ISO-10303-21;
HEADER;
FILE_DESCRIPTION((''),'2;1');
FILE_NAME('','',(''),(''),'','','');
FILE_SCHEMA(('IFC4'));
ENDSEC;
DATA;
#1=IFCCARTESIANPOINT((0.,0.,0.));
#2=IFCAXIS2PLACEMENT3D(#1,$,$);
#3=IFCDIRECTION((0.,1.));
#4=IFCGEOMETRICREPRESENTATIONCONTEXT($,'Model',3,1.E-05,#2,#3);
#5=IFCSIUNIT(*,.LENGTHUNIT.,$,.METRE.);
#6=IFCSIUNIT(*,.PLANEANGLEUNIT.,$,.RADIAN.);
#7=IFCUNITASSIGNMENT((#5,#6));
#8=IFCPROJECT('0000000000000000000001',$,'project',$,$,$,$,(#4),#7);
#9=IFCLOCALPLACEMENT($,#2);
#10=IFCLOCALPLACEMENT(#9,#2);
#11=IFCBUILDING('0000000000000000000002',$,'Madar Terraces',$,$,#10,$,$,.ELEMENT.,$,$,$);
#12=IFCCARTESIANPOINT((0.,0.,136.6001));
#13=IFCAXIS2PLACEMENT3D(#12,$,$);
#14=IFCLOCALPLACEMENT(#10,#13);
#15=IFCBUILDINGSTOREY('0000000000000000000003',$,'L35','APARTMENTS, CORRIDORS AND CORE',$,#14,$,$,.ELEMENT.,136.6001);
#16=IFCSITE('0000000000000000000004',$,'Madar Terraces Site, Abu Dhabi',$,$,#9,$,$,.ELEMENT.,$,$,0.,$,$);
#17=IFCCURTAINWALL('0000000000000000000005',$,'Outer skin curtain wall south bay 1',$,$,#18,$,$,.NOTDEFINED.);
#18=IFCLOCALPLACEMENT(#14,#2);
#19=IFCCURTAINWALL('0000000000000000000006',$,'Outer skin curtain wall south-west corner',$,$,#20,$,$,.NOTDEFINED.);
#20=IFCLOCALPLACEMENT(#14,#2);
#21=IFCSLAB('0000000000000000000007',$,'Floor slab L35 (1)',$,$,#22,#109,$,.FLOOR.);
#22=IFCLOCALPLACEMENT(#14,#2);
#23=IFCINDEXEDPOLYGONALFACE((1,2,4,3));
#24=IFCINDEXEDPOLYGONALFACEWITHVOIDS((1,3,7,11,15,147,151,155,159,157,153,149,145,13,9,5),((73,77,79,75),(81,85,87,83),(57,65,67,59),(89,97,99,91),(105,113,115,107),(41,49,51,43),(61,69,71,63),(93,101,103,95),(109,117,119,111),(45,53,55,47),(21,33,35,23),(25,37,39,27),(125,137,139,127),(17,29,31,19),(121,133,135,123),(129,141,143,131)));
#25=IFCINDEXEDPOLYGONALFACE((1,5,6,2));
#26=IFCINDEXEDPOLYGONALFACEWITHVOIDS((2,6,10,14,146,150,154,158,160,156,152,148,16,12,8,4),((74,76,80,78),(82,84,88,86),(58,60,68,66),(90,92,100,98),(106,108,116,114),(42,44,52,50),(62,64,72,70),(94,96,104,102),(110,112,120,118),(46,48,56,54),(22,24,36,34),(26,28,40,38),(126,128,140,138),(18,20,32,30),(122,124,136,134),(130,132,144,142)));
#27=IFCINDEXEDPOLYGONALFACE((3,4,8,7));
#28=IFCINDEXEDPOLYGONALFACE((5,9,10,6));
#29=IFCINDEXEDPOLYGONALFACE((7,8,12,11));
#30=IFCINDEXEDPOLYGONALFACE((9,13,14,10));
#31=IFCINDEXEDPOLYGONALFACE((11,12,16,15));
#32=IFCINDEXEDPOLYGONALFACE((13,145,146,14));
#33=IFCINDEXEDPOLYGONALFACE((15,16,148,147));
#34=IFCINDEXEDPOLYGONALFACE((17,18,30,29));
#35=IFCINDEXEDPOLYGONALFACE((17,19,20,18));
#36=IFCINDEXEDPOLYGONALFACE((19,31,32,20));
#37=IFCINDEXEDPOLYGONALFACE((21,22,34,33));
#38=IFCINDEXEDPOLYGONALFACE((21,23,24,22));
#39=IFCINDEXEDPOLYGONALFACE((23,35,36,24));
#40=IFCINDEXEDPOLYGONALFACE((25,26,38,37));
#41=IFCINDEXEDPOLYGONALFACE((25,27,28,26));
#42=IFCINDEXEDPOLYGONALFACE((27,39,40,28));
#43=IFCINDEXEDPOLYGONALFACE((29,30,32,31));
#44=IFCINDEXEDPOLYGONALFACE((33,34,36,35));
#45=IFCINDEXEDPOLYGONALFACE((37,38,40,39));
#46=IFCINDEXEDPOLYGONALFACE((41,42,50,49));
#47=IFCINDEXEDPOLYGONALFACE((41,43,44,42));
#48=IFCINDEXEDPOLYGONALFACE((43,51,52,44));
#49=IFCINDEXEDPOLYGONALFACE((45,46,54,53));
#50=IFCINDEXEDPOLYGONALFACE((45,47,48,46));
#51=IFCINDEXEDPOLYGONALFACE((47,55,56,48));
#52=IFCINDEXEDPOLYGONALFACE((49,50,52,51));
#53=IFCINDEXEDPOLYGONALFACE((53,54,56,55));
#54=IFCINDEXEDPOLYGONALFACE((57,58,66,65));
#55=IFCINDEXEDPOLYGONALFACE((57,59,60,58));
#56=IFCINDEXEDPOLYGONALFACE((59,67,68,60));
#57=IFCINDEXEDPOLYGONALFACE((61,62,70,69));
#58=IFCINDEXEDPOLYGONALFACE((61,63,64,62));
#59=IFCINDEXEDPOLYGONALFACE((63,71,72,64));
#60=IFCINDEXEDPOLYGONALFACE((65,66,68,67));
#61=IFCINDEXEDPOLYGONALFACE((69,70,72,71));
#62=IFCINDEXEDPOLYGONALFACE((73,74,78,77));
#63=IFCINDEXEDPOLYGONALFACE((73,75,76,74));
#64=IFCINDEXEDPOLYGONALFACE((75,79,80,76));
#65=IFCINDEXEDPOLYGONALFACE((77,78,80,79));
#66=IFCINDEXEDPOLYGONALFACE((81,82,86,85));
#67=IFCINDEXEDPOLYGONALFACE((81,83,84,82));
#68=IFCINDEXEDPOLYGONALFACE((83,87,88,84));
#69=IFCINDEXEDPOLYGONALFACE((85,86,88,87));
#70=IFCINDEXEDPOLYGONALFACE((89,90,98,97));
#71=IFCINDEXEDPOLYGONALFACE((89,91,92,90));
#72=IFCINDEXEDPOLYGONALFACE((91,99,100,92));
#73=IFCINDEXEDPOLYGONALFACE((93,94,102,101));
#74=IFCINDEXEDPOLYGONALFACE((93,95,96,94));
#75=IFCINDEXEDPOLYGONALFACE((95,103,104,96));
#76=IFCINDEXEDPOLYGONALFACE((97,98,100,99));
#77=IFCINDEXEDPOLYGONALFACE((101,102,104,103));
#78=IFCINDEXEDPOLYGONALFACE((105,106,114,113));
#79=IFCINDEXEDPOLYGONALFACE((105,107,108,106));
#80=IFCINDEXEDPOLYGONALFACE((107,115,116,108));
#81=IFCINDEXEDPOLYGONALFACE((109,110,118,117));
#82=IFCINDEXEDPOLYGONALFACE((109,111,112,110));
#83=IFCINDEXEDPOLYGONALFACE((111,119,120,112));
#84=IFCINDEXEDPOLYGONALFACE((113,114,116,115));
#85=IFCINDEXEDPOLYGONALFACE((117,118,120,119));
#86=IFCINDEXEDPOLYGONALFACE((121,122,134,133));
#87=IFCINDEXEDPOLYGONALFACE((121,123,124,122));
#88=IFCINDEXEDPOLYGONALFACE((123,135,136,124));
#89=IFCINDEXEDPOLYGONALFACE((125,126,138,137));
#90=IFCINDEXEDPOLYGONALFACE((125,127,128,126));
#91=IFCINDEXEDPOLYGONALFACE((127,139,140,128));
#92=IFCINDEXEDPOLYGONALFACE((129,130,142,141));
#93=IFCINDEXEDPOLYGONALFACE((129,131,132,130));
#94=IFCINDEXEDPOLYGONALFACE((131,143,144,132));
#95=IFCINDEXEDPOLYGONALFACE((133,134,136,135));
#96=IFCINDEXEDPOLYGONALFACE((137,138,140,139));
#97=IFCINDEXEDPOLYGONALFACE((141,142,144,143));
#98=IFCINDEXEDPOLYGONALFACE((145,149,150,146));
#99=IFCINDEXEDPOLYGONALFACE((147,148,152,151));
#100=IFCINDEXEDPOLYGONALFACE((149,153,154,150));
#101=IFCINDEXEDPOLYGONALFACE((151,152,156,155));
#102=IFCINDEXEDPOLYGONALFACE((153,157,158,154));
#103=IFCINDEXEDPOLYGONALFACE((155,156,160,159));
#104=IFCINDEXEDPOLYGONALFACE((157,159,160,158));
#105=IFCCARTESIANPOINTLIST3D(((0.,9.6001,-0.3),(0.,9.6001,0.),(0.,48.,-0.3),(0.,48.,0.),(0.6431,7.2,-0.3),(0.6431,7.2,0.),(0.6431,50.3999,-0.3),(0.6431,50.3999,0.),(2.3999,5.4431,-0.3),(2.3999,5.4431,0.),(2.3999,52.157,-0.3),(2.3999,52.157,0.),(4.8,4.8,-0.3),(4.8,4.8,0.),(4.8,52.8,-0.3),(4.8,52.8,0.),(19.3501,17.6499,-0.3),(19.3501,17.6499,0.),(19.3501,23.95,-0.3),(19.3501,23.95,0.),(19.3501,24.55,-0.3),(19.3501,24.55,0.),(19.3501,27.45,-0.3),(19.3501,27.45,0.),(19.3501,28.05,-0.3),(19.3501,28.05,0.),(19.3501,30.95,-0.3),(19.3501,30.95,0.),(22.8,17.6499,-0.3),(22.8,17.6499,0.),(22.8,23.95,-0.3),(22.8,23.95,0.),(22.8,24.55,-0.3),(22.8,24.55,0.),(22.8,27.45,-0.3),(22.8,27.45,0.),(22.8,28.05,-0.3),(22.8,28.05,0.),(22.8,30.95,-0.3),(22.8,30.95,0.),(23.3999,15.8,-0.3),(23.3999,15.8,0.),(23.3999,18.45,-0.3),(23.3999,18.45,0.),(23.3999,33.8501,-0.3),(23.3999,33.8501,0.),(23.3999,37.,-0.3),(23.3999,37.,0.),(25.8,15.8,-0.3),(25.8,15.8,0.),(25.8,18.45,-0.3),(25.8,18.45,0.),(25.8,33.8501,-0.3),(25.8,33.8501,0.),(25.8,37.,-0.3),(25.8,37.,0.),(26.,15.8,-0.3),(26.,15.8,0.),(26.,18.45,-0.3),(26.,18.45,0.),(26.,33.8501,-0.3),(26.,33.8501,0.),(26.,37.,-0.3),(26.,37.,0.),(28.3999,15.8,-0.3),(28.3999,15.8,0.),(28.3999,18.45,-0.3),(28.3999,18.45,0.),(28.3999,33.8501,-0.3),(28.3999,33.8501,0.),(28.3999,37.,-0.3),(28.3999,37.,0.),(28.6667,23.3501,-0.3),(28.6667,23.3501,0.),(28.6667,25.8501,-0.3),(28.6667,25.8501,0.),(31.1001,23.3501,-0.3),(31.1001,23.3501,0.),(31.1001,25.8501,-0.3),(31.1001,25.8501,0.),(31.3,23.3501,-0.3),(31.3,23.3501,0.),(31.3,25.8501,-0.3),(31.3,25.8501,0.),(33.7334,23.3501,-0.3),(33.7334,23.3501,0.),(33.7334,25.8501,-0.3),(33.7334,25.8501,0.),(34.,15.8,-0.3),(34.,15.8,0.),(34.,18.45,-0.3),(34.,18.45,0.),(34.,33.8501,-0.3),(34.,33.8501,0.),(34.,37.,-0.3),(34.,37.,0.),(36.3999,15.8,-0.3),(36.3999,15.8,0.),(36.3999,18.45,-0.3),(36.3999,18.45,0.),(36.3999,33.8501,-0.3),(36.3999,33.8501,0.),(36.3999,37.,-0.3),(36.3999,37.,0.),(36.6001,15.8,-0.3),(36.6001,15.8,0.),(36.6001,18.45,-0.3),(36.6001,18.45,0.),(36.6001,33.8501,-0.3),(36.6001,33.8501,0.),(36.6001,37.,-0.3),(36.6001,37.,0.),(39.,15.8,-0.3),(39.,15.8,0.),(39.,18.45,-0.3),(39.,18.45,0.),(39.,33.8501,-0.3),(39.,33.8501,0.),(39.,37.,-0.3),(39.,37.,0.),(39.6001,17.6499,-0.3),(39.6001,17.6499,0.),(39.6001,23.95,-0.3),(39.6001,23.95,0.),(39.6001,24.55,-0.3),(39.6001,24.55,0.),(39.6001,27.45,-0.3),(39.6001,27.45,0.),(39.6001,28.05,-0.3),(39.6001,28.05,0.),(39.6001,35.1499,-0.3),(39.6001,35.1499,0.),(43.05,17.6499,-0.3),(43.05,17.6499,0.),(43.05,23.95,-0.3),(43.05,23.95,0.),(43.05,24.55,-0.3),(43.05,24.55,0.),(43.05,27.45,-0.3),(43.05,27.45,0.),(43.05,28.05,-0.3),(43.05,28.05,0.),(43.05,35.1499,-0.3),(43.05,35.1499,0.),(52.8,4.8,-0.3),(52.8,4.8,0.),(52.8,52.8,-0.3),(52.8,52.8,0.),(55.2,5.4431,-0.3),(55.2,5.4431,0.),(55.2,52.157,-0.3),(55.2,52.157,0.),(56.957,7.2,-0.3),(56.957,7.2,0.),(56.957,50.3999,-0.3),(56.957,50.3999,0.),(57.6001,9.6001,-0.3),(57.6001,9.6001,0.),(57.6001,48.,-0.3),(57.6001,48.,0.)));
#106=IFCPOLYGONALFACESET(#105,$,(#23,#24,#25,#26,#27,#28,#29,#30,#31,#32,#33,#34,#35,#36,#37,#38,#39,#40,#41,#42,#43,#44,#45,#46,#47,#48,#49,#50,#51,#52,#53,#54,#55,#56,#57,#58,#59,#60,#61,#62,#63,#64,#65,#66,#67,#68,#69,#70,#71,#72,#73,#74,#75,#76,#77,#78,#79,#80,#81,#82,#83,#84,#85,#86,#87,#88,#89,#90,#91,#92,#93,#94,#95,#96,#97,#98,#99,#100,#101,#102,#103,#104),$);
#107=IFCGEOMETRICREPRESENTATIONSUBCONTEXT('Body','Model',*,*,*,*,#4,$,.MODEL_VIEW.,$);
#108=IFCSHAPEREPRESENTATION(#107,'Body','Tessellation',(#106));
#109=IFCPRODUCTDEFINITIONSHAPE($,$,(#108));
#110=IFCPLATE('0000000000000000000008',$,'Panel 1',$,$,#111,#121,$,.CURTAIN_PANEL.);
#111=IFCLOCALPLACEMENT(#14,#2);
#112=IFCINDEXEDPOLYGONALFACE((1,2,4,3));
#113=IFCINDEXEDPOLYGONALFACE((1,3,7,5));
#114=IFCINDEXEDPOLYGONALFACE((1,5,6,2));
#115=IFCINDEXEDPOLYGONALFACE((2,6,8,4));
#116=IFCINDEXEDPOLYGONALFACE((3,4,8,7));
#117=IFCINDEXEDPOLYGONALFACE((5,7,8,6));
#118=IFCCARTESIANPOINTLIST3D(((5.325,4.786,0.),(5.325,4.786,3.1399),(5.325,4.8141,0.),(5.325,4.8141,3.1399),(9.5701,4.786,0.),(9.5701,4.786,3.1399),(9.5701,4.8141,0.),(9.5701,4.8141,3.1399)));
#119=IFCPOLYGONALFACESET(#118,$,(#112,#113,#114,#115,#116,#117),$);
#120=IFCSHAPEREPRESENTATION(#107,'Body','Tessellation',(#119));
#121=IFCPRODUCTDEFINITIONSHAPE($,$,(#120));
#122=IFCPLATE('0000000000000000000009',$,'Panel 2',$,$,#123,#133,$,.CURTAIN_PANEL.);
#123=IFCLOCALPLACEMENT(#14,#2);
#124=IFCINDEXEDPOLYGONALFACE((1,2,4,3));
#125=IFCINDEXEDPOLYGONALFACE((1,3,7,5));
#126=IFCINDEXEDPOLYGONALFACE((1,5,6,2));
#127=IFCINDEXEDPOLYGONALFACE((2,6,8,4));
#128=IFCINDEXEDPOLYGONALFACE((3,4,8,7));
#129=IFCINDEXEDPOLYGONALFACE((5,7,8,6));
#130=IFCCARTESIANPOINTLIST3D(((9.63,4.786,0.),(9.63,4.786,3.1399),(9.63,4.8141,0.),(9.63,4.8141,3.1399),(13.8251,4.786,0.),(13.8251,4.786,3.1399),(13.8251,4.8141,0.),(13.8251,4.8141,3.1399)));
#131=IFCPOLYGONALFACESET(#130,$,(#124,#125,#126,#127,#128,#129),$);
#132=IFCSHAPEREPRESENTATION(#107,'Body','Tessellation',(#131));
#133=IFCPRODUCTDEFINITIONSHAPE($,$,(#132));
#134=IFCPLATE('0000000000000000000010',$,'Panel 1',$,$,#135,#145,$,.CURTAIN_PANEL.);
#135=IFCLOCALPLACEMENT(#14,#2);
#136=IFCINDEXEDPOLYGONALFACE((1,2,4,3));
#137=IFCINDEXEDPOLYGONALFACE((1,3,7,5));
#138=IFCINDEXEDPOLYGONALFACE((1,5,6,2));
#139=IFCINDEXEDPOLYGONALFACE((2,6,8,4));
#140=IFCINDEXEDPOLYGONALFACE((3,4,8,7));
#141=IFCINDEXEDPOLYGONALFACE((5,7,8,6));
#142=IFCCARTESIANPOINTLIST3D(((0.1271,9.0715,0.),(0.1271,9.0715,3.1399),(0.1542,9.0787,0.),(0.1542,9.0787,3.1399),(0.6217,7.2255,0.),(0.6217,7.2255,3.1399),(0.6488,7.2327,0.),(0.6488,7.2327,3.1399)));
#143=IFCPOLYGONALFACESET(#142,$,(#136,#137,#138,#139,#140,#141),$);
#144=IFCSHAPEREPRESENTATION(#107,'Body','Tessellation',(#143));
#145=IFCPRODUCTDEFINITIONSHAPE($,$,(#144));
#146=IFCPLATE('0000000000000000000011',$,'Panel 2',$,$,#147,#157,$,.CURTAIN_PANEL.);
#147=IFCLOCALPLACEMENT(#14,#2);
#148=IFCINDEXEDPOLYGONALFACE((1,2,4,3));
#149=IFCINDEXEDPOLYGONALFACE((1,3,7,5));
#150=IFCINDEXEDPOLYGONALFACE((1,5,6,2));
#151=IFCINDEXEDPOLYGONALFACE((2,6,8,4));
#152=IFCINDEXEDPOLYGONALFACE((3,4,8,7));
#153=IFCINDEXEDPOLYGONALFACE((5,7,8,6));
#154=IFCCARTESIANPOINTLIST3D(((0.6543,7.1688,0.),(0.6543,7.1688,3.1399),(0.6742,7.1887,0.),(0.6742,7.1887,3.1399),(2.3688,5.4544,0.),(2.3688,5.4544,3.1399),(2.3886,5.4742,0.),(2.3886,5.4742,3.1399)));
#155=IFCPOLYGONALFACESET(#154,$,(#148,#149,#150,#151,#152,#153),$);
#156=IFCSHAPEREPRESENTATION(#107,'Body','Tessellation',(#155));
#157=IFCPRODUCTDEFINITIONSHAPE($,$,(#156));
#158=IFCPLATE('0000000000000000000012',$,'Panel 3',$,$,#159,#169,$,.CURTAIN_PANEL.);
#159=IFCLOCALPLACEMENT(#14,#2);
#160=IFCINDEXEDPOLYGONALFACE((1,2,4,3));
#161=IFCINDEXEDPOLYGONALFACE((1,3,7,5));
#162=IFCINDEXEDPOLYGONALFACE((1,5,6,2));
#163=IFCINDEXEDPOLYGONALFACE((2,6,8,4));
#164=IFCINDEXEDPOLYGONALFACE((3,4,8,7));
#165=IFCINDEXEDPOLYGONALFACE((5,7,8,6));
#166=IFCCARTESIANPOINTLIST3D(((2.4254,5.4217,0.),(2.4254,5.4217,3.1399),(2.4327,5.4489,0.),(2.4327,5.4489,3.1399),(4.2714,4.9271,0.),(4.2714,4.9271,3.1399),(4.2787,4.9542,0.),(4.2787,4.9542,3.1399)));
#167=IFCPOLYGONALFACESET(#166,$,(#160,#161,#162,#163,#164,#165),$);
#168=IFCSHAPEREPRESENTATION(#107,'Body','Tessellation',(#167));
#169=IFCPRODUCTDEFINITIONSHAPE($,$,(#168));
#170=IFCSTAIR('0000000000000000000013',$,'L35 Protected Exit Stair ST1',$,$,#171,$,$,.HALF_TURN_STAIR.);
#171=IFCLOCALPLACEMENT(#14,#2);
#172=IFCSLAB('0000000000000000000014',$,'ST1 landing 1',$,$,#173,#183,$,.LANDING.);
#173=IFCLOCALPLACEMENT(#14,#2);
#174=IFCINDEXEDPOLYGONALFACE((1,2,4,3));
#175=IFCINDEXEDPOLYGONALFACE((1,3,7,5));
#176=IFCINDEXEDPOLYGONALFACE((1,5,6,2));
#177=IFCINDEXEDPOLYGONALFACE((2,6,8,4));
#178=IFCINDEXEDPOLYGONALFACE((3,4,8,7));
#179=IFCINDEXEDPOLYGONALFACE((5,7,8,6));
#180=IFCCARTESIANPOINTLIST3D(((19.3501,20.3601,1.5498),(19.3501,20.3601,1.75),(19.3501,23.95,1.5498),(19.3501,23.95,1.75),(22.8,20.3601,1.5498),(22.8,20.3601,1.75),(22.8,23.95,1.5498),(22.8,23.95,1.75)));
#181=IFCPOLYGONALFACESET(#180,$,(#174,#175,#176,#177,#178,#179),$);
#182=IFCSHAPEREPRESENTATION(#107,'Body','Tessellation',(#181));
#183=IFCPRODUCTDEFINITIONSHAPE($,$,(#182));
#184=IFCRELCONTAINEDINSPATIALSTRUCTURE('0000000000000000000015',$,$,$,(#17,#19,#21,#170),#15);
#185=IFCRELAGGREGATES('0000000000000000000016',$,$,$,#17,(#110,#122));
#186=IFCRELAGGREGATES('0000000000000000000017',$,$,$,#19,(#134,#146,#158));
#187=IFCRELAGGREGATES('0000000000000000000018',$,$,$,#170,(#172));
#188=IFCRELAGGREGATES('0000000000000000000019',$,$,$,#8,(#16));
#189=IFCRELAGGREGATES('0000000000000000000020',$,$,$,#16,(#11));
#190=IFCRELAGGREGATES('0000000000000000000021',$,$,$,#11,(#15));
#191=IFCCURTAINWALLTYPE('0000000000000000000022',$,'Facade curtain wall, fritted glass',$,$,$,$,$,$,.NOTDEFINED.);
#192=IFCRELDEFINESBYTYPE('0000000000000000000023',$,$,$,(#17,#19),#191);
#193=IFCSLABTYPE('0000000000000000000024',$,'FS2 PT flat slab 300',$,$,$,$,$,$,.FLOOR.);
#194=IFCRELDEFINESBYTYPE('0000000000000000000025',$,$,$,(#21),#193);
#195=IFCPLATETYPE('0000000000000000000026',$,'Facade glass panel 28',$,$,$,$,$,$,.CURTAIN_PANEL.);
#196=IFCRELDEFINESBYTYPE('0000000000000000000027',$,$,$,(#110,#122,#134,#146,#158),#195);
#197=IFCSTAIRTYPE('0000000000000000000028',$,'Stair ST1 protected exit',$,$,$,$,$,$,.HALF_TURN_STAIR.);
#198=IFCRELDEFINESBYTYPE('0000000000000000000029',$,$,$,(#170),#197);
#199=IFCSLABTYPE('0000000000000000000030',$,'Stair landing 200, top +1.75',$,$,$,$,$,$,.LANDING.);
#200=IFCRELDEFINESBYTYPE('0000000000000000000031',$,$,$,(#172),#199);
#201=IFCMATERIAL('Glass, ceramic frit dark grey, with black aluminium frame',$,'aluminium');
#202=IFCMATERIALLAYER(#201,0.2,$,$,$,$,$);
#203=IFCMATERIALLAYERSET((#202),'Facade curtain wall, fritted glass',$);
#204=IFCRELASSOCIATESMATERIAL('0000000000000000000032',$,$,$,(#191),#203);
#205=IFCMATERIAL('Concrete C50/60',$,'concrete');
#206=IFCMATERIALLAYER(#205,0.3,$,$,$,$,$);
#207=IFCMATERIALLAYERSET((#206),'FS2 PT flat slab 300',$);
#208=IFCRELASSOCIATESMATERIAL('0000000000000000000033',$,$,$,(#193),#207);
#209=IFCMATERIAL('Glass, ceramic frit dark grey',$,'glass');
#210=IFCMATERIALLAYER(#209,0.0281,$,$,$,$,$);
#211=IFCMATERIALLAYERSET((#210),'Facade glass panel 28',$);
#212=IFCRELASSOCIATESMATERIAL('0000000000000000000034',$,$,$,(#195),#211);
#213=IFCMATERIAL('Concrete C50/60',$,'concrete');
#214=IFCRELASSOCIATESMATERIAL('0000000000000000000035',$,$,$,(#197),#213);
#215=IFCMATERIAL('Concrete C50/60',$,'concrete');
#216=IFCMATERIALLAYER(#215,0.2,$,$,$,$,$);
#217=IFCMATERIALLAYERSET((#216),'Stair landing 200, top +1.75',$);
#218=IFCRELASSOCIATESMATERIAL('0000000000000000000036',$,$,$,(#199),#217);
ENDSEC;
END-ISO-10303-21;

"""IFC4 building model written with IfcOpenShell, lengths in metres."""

from ifc_helpers import new_model, si_unit, direction, frame, origin, origin_2d, place, context, subcontext, project, spatial, polyline, rectangle, outline, extrude, material, layer, layer_set, type_object, element, aggregate, save


model = new_model("IFC4")

# Units and contexts
model_context = context("Model", 3, precision=1e-05, world=origin(), true_north=direction((0.0, 1.0)))
body_context = subcontext(model_context, "Body", "Model", "MODEL_VIEW")
ifc_project = project(units=[si_unit("LENGTHUNIT", "METRE"), si_unit("PLANEANGLEUNIT", "RADIAN")], contexts=[model_context])

# Site, building, storey
site_placement = place(None, origin())
site = spatial("IfcSite", under=ifc_project, at=site_placement, Name="Madar Terraces Site, Abu Dhabi", CompositionType="ELEMENT", RefElevation=0.0)
building_placement = place(site_placement, origin())
building = spatial("IfcBuilding", under=site, at=building_placement, Name="Madar Terraces", CompositionType="ELEMENT")
storey_placement = place(building_placement, frame((0.0, 0.0, 136.6001)))
storey = spatial("IfcBuildingStorey", under=building, at=storey_placement, Name="L35", Description="APARTMENTS, CORRIDORS AND CORE", CompositionType="ELEMENT", Elevation=136.6001)

# Curtain wall
ifc_material_1 = material(Name="Glass, ceramic frit dark grey, with black aluminium frame", Category="aluminium")
ifc_layer_1 = layer(ifc_material_1, 0.2)
ifc_layer_set_1 = layer_set([ifc_layer_1], Name="Facade curtain wall, fritted glass")
curtain_wall_type = type_object("IfcCurtainWallType", Name="Facade curtain wall, fritted glass", PredefinedType="NOTDEFINED", material=ifc_layer_set_1)
curtain_wall_1_placement = place(storey_placement, origin())
curtain_wall_1 = element("IfcCurtainWall", 1, at=curtain_wall_1_placement, inside=storey, type_object=curtain_wall_type, Name="Outer skin curtain wall south bay 1", PredefinedType="NOTDEFINED")

# Curtain wall
curtain_wall_2_placement = place(storey_placement, origin())
curtain_wall_2 = element("IfcCurtainWall", 2, at=curtain_wall_2_placement, inside=storey, type_object=curtain_wall_type, Name="Outer skin curtain wall south-west corner", PredefinedType="NOTDEFINED")

# Slab
ifc_material_2 = material(Name="Concrete C50/60", Category="concrete")
ifc_layer_2 = layer(ifc_material_2, 0.3)
ifc_layer_set_2 = layer_set([ifc_layer_2], Name="FS2 PT flat slab 300")
slab_type_1 = type_object("IfcSlabType", Name="FS2 PT flat slab 300", PredefinedType="FLOOR", material=ifc_layer_set_2)
slab_1_placement = place(storey_placement, frame((0.0, 0.0, -0.3)))
element("IfcSlab", 3, at=slab_1_placement, inside=storey, type_object=slab_type_1, Name="Floor slab L35 (1)", PredefinedType="FLOOR", context=body_context, shape_type="SweptSolid", body=[
    extrude(outline(polyline([(52.8, 4.8), (55.2, 5.4431), (56.957, 7.2), (57.6001, 9.6001), (57.6001, 48.0), (56.957, 50.3999), (55.2, 52.157), (52.8, 52.8), (4.8, 52.8), (2.3999, 52.157), (0.6431, 50.3999), (0.0, 48.0), (0.0, 9.6001), (0.6431, 7.2), (2.3999, 5.4431), (4.8, 4.8), (52.8, 4.8)]), holes=[polyline([(23.3999, 15.8), (23.3999, 18.45), (25.8, 18.45), (25.8, 15.8), (23.3999, 15.8)]), polyline([(26.0, 15.8), (26.0, 18.45), (28.3999, 18.45), (28.3999, 15.8), (26.0, 15.8)]), polyline([(19.3501, 17.6499), (19.3501, 23.95), (22.8, 23.95), (22.8, 17.6499), (19.3501, 17.6499)]), polyline([(28.6667, 23.3501), (28.6667, 25.8501), (31.1001, 25.8501), (31.1001, 23.3501), (28.6667, 23.3501)]), polyline([(19.3501, 24.55), (19.3501, 27.45), (22.8, 27.45), (22.8, 24.55), (19.3501, 24.55)]), polyline([(19.3501, 28.05), (19.3501, 30.95), (22.8, 30.95), (22.8, 28.05), (19.3501, 28.05)]), polyline([(23.3999, 33.8501), (23.3999, 37.0), (25.8, 37.0), (25.8, 33.8501), (23.3999, 33.8501)]), polyline([(26.0, 33.8501), (26.0, 37.0), (28.3999, 37.0), (28.3999, 33.8501), (26.0, 33.8501)]), polyline([(34.0, 15.8), (34.0, 18.45), (36.3999, 18.45), (36.3999, 15.8), (34.0, 15.8)]), polyline([(36.6001, 15.8), (36.6001, 18.45), (39.0, 18.45), (39.0, 15.8), (36.6001, 15.8)]), polyline([(39.6001, 17.6499), (39.6001, 23.95), (43.05, 23.95), (43.05, 17.6499), (39.6001, 17.6499)]), polyline([(31.3, 23.3501), (31.3, 25.8501), (33.7334, 25.8501), (33.7334, 23.3501), (31.3, 23.3501)]), polyline([(39.6001, 24.55), (39.6001, 27.45), (43.05, 27.45), (43.05, 24.55), (39.6001, 24.55)]), polyline([(39.6001, 28.05), (39.6001, 35.1499), (43.05, 35.1499), (43.05, 28.05), (39.6001, 28.05)]), polyline([(34.0, 33.8501), (34.0, 37.0), (36.3999, 37.0), (36.3999, 33.8501), (34.0, 33.8501)]), polyline([(36.6001, 33.8501), (36.6001, 37.0), (39.0, 37.0), (39.0, 33.8501), (36.6001, 33.8501)])]), origin(), (0.0, 0.0, 1.0), 0.3),
])

# Plates
ifc_material_3 = material(Name="Glass, ceramic frit dark grey", Category="glass")
ifc_layer_3 = layer(ifc_material_3, 0.0281)
ifc_layer_set_3 = layer_set([ifc_layer_3], Name="Facade glass panel 28")
plate_type = type_object("IfcPlateType", Name="Facade glass panel 28", PredefinedType="CURTAIN_PANEL", material=ifc_layer_set_3)
plate_1_placement = place(storey_placement, frame((7.4475, 4.8, 0.0), z_axis=(0.0, 0.0, 1.0), x_axis=(1.0, 0.0, 0.0)))
plate_1 = element("IfcPlate", 4, at=plate_1_placement, type_object=plate_type, Name="Panel 1", PredefinedType="CURTAIN_PANEL", context=body_context, shape_type="SweptSolid", body=[
    extrude(rectangle(XDim=4.2451, YDim=0.0281, at=origin_2d()), origin(), (0.0, 0.0, 1.0), 3.1399),
])
plate_2_placement = place(storey_placement, frame((11.7275, 4.8, 0.0), z_axis=(0.0, 0.0, 1.0), x_axis=(1.0, 0.0, 0.0)))
plate_2 = element("IfcPlate", 5, at=plate_2_placement, type_object=plate_type, Name="Panel 2", PredefinedType="CURTAIN_PANEL", context=body_context, shape_type="SweptSolid", body=[
    extrude(rectangle(XDim=4.1951, YDim=0.0281, at=origin_2d()), origin(), (0.0, 0.0, 1.0), 3.1399),
])
aggregate(curtain_wall_1, [plate_1, plate_2])
plate_3_placement = place(storey_placement, frame((0.3879, 8.1521, 0.0), z_axis=(0.0, 0.0, 1.0), x_axis=(0.258819, -0.965926, 0.0)))
plate_3 = element("IfcPlate", 6, at=plate_3_placement, type_object=plate_type, Name="Panel 1", PredefinedType="CURTAIN_PANEL", context=body_context, shape_type="SweptSolid", body=[
    extrude(rectangle(XDim=1.9111, YDim=0.0281, at=origin_2d()), origin(), (0.0, 0.0, 1.0), 3.1399),
])
plate_4_placement = place(storey_placement, frame((1.5215, 6.3215, 0.0), z_axis=(0.0, 0.0, 1.0), x_axis=(0.707107, -0.707107, 0.0)))
plate_4 = element("IfcPlate", 7, at=plate_4_placement, type_object=plate_type, Name="Panel 2", PredefinedType="CURTAIN_PANEL", context=body_context, shape_type="SweptSolid", body=[
    extrude(rectangle(XDim=2.4246, YDim=0.0281, at=origin_2d()), origin(), (0.0, 0.0, 1.0), 3.1399),
])
plate_5_placement = place(storey_placement, frame((3.3521, 5.188, 0.0), z_axis=(0.0, 0.0, 1.0), x_axis=(0.965926, -0.258819, 0.0)))
plate_5 = element("IfcPlate", 8, at=plate_5_placement, type_object=plate_type, Name="Panel 3", PredefinedType="CURTAIN_PANEL", context=body_context, shape_type="SweptSolid", body=[
    extrude(rectangle(XDim=1.9111, YDim=0.0281, at=origin_2d()), origin(), (0.0, 0.0, 1.0), 3.1399),
])
aggregate(curtain_wall_2, [plate_3, plate_4, plate_5])

# Stair, slab
ifc_material_4 = material(Name="Concrete C50/60", Category="concrete")
stair_type_1 = type_object("IfcStairType", Name="Stair ST1 protected exit", PredefinedType="HALF_TURN_STAIR", material=ifc_material_4)
stair_1_placement = place(storey_placement, origin())
stair_1 = element("IfcStair", 9, at=stair_1_placement, inside=storey, type_object=stair_type_1, Name="L35 Protected Exit Stair ST1", PredefinedType="HALF_TURN_STAIR")
ifc_material_5 = material(Name="Concrete C50/60", Category="concrete")
ifc_layer_4 = layer(ifc_material_5, 0.2)
ifc_layer_set_4 = layer_set([ifc_layer_4], Name="Stair landing 200, top +1.75")
slab_type_2 = type_object("IfcSlabType", Name="Stair landing 200, top +1.75", PredefinedType="LANDING", material=ifc_layer_set_4)
slab_2_placement = place(storey_placement, frame((0.0, 0.0, 1.5498)))
slab_2 = element("IfcSlab", 10, at=slab_2_placement, type_object=slab_type_2, Name="ST1 landing 1", PredefinedType="LANDING", context=body_context, shape_type="SweptSolid", body=[
    extrude(outline(polyline([(19.3501, 20.3601), (22.8, 20.3601), (22.8, 23.95), (19.3501, 23.95), (19.3501, 20.3601)])), origin(), (0.0, 0.0, 1.0), 0.2002),
])
aggregate(stair_1, [slab_2])

save(model, "model.ifc")
